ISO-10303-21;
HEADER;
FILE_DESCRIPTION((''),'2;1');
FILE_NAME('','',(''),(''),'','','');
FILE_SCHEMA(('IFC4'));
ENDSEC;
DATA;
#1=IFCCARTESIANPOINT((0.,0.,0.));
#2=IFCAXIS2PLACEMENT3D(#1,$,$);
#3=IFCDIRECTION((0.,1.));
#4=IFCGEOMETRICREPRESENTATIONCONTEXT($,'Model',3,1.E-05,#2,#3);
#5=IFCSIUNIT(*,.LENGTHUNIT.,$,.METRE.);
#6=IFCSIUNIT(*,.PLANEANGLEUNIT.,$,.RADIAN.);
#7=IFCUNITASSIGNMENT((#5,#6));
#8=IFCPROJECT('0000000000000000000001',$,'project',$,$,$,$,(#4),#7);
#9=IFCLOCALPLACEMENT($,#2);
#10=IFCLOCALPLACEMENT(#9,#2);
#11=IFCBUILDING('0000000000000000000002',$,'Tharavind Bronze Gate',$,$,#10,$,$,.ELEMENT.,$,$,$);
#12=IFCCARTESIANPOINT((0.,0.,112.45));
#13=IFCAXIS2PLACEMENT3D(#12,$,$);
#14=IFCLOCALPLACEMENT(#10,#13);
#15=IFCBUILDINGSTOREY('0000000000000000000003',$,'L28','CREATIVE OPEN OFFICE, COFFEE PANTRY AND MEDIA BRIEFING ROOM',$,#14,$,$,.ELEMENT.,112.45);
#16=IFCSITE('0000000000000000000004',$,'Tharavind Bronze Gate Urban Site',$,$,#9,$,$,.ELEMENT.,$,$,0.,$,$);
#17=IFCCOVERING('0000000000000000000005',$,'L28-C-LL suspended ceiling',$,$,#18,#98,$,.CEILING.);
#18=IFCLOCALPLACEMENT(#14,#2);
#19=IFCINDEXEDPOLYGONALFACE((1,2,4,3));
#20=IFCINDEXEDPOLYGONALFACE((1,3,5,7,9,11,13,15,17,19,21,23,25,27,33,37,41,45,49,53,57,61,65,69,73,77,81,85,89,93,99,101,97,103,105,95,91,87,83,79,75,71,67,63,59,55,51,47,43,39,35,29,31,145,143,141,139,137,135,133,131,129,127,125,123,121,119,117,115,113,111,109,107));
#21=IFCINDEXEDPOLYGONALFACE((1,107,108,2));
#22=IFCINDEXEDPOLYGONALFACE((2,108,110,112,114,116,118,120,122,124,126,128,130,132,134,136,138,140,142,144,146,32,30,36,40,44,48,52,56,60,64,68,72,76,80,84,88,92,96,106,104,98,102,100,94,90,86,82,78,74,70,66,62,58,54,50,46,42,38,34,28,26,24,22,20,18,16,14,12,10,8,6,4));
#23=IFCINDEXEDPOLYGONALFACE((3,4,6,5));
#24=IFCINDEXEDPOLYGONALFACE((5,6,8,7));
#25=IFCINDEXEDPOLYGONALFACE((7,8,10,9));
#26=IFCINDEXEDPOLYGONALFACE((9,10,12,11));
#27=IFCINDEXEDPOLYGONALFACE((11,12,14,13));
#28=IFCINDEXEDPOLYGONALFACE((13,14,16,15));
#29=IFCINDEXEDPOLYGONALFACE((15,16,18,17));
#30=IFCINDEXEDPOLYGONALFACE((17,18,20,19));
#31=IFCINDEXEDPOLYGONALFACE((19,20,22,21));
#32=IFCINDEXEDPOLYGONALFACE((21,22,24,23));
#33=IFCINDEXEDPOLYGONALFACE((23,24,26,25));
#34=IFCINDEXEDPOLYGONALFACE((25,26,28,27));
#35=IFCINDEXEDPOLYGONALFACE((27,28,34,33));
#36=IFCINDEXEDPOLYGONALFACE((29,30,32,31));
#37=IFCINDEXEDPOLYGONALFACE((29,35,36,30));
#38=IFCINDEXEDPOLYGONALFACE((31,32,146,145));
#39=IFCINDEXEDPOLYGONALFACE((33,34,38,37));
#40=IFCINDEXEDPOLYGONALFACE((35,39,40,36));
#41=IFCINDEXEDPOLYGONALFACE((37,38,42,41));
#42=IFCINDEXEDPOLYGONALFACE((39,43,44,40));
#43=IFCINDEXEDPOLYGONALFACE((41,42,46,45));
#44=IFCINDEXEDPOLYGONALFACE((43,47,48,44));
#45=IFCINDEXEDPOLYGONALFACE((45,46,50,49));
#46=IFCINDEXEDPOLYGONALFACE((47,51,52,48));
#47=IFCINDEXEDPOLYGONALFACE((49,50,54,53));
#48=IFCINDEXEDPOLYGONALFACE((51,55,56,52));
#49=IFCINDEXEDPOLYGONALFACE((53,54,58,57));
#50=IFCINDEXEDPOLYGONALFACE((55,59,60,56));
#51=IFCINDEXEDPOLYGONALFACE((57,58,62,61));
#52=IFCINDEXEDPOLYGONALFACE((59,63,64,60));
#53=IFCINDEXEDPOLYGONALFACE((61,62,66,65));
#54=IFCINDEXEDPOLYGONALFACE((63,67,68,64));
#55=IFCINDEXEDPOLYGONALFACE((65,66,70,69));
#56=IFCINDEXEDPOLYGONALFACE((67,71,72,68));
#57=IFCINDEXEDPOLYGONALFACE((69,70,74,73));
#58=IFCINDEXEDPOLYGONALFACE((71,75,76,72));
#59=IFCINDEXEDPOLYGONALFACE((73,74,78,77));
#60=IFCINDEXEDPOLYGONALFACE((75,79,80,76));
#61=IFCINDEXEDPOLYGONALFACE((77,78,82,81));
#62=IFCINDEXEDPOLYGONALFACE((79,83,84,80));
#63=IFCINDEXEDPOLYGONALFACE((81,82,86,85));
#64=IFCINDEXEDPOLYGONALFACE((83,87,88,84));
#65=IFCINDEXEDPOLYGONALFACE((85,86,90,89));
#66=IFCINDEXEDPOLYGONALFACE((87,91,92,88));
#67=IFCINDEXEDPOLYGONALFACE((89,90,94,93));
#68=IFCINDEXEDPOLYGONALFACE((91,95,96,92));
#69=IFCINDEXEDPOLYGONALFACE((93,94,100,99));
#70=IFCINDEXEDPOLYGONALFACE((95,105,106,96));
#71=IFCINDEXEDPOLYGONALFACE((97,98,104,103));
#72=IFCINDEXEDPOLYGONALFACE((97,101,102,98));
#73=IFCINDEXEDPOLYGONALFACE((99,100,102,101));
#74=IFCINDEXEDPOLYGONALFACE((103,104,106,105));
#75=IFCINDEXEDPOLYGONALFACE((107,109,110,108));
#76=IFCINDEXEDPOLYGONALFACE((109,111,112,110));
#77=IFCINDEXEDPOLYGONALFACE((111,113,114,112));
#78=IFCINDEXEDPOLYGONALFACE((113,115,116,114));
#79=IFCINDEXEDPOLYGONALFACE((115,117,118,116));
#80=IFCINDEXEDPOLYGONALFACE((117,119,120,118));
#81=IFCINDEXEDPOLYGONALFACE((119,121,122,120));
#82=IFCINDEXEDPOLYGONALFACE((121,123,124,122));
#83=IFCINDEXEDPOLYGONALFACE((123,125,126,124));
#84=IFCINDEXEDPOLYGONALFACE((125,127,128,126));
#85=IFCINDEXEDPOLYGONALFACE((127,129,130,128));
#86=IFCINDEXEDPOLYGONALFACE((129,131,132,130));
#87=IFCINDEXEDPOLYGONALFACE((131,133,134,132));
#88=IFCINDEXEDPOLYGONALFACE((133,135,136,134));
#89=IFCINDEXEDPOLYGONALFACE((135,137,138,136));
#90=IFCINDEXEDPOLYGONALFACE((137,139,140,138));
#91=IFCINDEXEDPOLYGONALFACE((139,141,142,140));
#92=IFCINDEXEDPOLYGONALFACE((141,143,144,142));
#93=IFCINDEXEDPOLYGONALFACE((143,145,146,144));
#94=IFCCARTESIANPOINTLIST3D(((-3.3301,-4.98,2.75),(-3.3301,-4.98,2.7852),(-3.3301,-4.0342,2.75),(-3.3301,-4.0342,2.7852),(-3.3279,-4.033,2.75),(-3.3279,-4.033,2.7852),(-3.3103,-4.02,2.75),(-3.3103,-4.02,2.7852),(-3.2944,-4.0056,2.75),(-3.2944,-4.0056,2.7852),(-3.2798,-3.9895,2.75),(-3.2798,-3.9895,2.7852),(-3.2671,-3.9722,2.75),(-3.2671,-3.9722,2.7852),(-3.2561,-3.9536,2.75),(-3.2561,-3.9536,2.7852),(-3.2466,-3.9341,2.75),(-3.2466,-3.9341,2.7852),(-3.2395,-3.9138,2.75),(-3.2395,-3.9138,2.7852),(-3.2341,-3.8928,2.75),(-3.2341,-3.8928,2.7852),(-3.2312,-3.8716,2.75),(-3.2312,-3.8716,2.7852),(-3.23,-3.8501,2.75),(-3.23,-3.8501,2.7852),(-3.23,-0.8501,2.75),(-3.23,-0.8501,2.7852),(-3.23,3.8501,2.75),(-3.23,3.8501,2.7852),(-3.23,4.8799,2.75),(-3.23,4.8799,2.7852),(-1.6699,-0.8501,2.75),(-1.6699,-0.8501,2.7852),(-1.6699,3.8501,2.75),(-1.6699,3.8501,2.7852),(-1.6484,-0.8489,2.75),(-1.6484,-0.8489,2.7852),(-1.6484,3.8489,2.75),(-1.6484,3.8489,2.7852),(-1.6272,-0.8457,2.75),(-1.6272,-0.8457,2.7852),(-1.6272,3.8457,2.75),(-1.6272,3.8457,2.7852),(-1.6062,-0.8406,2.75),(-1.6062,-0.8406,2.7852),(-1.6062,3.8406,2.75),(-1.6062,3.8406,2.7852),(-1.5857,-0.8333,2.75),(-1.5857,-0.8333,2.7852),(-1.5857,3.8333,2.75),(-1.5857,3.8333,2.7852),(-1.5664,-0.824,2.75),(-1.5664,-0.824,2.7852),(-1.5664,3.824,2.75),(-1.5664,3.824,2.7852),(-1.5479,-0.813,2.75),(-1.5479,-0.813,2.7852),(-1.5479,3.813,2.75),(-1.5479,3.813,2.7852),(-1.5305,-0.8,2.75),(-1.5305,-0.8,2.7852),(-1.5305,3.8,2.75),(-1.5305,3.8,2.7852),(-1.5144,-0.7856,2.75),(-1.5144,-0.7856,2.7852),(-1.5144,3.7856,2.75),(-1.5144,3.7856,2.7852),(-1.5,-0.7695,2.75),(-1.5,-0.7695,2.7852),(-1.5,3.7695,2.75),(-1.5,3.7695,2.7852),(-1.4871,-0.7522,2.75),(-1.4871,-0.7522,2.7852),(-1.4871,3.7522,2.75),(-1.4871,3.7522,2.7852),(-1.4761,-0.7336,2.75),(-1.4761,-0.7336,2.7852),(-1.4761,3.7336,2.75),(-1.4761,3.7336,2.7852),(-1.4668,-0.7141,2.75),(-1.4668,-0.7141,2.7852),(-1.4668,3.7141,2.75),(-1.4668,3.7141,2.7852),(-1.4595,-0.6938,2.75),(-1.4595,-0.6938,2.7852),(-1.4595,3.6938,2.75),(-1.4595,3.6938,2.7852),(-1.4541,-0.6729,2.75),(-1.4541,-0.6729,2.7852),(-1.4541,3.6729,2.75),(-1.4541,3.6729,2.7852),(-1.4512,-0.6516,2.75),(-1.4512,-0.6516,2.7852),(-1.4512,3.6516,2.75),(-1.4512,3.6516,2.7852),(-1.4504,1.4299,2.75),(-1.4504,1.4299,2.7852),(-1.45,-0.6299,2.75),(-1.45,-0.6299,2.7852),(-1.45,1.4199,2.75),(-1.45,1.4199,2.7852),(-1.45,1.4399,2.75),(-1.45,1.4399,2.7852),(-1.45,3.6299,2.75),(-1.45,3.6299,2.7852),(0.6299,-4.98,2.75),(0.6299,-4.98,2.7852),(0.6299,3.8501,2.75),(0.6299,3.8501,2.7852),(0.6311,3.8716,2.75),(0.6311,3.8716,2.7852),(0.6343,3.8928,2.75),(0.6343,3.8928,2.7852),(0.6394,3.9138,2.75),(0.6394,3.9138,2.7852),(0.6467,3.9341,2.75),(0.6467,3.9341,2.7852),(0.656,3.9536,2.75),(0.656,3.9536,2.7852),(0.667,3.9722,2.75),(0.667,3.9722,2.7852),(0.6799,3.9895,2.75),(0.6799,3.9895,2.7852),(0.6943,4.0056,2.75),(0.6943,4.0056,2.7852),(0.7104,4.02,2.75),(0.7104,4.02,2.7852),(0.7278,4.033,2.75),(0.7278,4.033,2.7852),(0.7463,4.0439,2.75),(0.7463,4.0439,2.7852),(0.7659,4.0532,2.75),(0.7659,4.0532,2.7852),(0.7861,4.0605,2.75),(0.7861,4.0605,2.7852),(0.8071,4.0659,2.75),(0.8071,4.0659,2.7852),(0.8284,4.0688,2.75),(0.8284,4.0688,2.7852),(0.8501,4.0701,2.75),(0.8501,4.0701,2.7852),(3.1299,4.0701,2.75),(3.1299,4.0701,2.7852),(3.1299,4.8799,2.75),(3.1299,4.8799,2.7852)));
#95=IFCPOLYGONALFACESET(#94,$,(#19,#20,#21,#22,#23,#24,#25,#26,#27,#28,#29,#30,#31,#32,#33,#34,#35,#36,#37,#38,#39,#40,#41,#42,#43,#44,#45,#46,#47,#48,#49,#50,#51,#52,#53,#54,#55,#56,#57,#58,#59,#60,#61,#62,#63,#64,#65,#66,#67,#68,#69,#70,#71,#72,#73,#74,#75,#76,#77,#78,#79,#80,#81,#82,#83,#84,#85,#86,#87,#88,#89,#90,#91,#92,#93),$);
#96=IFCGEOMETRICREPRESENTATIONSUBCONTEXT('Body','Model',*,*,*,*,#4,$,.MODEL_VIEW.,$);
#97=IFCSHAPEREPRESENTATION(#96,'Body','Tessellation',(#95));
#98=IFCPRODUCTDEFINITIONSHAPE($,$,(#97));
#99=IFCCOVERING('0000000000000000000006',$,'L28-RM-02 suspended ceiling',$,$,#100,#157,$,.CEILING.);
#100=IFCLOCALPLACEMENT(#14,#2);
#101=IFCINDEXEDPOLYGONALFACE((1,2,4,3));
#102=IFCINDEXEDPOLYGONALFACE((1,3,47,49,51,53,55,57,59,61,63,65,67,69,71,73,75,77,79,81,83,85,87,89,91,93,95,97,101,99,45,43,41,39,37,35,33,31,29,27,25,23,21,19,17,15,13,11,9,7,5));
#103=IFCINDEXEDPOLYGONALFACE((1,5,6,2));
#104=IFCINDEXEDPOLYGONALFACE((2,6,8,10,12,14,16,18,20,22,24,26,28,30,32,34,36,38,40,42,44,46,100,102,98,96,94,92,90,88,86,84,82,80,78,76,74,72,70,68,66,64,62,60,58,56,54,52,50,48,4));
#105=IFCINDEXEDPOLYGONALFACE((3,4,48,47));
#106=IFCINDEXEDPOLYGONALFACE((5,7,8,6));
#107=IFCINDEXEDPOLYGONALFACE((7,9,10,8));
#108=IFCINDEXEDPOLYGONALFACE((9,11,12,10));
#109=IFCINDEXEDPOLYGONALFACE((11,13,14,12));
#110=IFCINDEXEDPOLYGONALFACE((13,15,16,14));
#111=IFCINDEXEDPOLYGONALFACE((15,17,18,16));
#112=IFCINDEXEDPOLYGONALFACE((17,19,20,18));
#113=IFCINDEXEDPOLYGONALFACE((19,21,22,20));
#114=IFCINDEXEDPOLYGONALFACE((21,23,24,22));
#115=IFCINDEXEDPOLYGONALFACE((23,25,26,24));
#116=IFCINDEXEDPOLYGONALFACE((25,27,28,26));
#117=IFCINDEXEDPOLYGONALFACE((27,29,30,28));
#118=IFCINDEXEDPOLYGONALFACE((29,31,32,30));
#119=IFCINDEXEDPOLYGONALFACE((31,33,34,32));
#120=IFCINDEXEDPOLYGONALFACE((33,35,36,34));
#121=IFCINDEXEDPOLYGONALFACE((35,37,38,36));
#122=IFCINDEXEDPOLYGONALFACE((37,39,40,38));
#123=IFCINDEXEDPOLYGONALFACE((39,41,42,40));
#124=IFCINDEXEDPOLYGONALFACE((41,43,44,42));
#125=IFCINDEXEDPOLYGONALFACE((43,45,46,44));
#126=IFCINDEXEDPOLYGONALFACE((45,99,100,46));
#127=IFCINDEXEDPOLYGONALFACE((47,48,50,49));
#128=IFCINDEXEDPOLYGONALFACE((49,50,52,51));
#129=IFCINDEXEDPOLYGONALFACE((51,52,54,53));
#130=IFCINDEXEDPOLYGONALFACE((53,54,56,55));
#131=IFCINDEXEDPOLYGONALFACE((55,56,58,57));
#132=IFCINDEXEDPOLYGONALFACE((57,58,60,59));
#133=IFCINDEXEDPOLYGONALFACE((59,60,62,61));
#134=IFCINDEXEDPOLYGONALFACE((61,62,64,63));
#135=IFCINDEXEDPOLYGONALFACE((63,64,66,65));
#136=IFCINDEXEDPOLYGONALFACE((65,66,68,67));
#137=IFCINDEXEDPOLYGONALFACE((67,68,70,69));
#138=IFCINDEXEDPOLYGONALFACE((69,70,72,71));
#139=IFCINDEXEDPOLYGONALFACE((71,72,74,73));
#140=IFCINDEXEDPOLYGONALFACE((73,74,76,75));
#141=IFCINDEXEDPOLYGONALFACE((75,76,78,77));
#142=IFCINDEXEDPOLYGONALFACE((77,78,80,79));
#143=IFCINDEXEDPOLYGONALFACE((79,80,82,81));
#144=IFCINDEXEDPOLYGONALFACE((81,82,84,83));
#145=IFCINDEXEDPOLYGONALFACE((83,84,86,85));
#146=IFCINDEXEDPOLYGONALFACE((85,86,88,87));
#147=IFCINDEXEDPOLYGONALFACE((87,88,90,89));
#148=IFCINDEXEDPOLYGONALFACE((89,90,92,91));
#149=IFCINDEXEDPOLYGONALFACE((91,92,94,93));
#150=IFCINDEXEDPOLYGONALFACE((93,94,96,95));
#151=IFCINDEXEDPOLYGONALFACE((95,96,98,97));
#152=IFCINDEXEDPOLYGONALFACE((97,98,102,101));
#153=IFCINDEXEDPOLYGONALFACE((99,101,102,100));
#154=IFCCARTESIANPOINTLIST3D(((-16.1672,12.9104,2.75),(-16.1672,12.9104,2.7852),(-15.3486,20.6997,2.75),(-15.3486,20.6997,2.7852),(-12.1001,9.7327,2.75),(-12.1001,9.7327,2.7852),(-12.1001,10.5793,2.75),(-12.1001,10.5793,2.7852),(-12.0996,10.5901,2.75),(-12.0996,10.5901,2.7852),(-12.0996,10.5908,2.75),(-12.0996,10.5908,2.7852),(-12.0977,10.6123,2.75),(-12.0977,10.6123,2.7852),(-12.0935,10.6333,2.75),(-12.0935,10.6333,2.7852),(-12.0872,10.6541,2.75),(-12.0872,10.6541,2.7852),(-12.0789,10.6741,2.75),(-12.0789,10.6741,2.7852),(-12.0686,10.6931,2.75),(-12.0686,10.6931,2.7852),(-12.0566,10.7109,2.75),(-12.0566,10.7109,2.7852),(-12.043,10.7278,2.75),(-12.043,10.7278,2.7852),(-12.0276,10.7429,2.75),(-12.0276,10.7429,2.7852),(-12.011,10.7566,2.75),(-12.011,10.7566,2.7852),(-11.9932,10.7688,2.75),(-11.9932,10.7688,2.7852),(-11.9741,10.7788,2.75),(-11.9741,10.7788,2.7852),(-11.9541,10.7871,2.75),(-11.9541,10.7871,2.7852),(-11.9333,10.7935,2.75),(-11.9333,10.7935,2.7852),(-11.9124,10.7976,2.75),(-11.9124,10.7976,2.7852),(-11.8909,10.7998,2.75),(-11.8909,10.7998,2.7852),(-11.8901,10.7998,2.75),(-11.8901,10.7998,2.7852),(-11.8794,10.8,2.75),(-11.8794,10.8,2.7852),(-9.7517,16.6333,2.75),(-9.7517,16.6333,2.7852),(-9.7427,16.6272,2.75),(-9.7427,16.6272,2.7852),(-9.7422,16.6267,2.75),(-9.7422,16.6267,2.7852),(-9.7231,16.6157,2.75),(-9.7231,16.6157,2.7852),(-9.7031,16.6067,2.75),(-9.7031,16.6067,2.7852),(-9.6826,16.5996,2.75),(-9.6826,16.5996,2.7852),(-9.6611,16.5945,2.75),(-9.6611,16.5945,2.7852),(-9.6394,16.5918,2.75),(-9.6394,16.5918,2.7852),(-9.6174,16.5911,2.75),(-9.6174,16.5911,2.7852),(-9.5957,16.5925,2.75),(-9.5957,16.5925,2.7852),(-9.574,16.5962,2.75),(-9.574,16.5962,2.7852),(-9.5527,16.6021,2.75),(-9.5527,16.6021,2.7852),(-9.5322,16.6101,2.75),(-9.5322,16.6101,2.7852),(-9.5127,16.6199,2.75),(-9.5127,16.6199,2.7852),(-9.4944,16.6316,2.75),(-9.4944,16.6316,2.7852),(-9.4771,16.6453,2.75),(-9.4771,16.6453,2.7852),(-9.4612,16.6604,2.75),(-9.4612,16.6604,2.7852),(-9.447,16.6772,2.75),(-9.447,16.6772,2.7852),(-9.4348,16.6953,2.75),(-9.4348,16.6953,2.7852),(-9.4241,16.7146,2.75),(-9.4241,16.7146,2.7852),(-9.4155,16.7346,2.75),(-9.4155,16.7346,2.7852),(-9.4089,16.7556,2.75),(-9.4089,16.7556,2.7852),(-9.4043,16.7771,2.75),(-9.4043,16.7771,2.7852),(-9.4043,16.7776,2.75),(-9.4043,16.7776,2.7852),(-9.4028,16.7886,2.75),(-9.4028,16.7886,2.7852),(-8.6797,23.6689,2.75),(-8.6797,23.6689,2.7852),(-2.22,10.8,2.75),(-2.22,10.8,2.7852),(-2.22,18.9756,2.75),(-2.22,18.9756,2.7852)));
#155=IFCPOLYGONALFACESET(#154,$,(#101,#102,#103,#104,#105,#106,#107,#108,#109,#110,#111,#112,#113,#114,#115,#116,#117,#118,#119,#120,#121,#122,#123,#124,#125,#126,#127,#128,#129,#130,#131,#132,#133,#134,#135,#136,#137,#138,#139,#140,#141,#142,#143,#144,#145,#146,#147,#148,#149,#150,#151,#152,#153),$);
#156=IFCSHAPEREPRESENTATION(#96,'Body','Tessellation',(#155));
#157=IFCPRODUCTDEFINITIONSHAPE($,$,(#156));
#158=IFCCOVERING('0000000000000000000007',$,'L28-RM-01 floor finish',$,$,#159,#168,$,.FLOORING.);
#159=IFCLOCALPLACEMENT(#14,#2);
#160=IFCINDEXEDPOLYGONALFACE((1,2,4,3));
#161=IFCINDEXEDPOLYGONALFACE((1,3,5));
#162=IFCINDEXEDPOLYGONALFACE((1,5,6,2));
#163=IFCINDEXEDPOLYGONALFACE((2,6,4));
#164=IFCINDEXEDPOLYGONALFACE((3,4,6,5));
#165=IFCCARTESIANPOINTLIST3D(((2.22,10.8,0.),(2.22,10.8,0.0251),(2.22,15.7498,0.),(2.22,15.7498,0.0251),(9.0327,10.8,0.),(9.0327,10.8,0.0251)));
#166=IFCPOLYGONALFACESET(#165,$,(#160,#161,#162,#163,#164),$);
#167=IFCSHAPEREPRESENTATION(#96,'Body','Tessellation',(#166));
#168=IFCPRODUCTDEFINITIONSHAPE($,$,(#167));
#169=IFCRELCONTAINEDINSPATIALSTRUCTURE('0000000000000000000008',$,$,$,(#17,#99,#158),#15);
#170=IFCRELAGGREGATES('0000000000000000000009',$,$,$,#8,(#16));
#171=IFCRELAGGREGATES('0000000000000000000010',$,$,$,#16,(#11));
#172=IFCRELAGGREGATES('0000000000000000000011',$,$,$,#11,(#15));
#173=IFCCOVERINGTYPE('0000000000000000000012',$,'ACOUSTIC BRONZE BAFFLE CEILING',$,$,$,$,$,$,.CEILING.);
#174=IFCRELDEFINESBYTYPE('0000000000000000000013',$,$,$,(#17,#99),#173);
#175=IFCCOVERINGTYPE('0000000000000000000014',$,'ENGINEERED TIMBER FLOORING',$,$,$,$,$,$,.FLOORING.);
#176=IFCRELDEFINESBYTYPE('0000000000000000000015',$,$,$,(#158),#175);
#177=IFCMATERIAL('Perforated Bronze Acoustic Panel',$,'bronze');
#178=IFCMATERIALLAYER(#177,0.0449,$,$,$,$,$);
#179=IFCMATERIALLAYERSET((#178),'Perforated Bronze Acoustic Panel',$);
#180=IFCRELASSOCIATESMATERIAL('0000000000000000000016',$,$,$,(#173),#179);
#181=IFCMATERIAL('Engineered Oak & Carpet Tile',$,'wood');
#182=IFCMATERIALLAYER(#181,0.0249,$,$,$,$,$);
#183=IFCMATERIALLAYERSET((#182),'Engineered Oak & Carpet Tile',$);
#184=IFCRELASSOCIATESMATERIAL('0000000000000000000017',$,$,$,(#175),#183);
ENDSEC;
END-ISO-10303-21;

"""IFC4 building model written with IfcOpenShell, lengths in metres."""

from ifc_helpers import new_model, si_unit, direction, frame, origin, place, context, subcontext, project, spatial, polyline, outline, extrude, material, layer, layer_set, type_object, element, save


model = new_model("IFC4")

# Units and contexts
model_context = context("Model", 3, precision=1e-05, world=origin(), true_north=direction((0.0, 1.0)))
body_context = subcontext(model_context, "Body", "Model", "MODEL_VIEW")
ifc_project = project(units=[si_unit("LENGTHUNIT", "METRE"), si_unit("PLANEANGLEUNIT", "RADIAN")], contexts=[model_context])

# Site, building, storey
site_placement = place(None, origin())
site = spatial("IfcSite", under=ifc_project, at=site_placement, Name="Tharavind Bronze Gate Urban Site", CompositionType="ELEMENT", RefElevation=0.0)
building_placement = place(site_placement, origin())
building = spatial("IfcBuilding", under=site, at=building_placement, Name="Tharavind Bronze Gate", CompositionType="ELEMENT")
storey_placement = place(building_placement, frame((0.0, 0.0, 112.45)))
storey = spatial("IfcBuildingStorey", under=building, at=storey_placement, Name="L28", Description="CREATIVE OPEN OFFICE, COFFEE PANTRY AND MEDIA BRIEFING ROOM", CompositionType="ELEMENT", Elevation=112.45)

# Coverings
ifc_material_1 = material(Name="Perforated Bronze Acoustic Panel", Category="bronze")
ifc_layer_1 = layer(ifc_material_1, 0.0449)
ifc_layer_set_1 = layer_set([ifc_layer_1], Name="Perforated Bronze Acoustic Panel")
covering_type_1 = type_object("IfcCoveringType", Name="ACOUSTIC BRONZE BAFFLE CEILING", PredefinedType="CEILING", material=ifc_layer_set_1)
covering_1_placement = place(storey_placement, frame((0.0, 0.0, 2.75)))
element("IfcCovering", 1, at=covering_1_placement, inside=storey, type_object=covering_type_1, Name="L28-C-LL suspended ceiling", PredefinedType="CEILING", context=body_context, shape_type="SweptSolid", body=[
    extrude(outline(polyline([(-3.3301, -4.98), (0.6299, -4.98), (0.6299, 3.8501), (0.6311, 3.8716), (0.6343, 3.8928), (0.6394, 3.9138), (0.6467, 3.9341), (0.656, 3.9536), (0.667, 3.9722), (0.6799, 3.9895), (0.6943, 4.0056), (0.7104, 4.02), (0.7278, 4.033), (0.7463, 4.0439), (0.7659, 4.0532), (0.7861, 4.0605), (0.8071, 4.0659), (0.8284, 4.0688), (0.8501, 4.0701), (3.1299, 4.0701), (3.1299, 4.8799), (-3.23, 4.8799), (-3.23, 3.8501), (-1.6699, 3.8501), (-1.6484, 3.8489), (-1.6272, 3.8457), (-1.6062, 3.8406), (-1.5857, 3.8333), (-1.5664, 3.824), (-1.5479, 3.813), (-1.5305, 3.8), (-1.5144, 3.7856), (-1.5, 3.7695), (-1.4871, 3.7522), (-1.4761, 3.7336), (-1.4668, 3.7141), (-1.4595, 3.6938), (-1.4541, 3.6729), (-1.4512, 3.6516), (-1.45, 3.6299), (-1.45, 1.4399), (-1.4504, 1.4299), (-1.45, 1.4199), (-1.45, -0.6299), (-1.4512, -0.6516), (-1.4541, -0.6729), (-1.4595, -0.6938), (-1.4668, -0.7141), (-1.4761, -0.7336), (-1.4871, -0.7522), (-1.5, -0.7695), (-1.5144, -0.7856), (-1.5305, -0.8), (-1.5479, -0.813), (-1.5664, -0.824), (-1.5857, -0.8333), (-1.6062, -0.8406), (-1.6272, -0.8457), (-1.6484, -0.8489), (-1.6699, -0.8501), (-3.23, -0.8501), (-3.23, -3.8501), (-3.2312, -3.8716), (-3.2341, -3.8928), (-3.2395, -3.9138), (-3.2466, -3.9341), (-3.2561, -3.9536), (-3.2671, -3.9722), (-3.2798, -3.9895), (-3.2944, -4.0056), (-3.3103, -4.02), (-3.3279, -4.033), (-3.3301, -4.0342), (-3.3301, -4.98)])), origin(), (0.0, 0.0, 1.0), 0.0352),
])
covering_2_placement = place(storey_placement, frame((0.0, 0.0, 2.75)))
element("IfcCovering", 2, at=covering_2_placement, inside=storey, type_object=covering_type_1, Name="L28-RM-02 suspended ceiling", PredefinedType="CEILING", context=body_context, shape_type="SweptSolid", body=[
    extrude(outline(polyline([(-12.1001, 9.7327), (-12.1001, 10.5793), (-12.0996, 10.5901), (-12.0996, 10.5908), (-12.0977, 10.6123), (-12.0935, 10.6333), (-12.0872, 10.6541), (-12.0789, 10.6741), (-12.0686, 10.6931), (-12.0566, 10.7109), (-12.043, 10.7278), (-12.0276, 10.7429), (-12.011, 10.7566), (-11.9932, 10.7688), (-11.9741, 10.7788), (-11.9541, 10.7871), (-11.9333, 10.7935), (-11.9124, 10.7976), (-11.8909, 10.7998), (-11.8901, 10.7998), (-11.8794, 10.8), (-2.22, 10.8), (-2.22, 18.9756), (-8.6797, 23.6689), (-9.4028, 16.7886), (-9.4043, 16.7776), (-9.4043, 16.7771), (-9.4089, 16.7556), (-9.4155, 16.7346), (-9.4241, 16.7146), (-9.4348, 16.6953), (-9.447, 16.6772), (-9.4612, 16.6604), (-9.4771, 16.6453), (-9.4944, 16.6316), (-9.5127, 16.6199), (-9.5322, 16.6101), (-9.5527, 16.6021), (-9.574, 16.5962), (-9.5957, 16.5925), (-9.6174, 16.5911), (-9.6394, 16.5918), (-9.6611, 16.5945), (-9.6826, 16.5996), (-9.7031, 16.6067), (-9.7231, 16.6157), (-9.7422, 16.6267), (-9.7427, 16.6272), (-9.7517, 16.6333), (-15.3486, 20.6997), (-16.1672, 12.9104), (-12.1001, 9.7327)])), origin(), (0.0, 0.0, 1.0), 0.0352),
])
ifc_material_2 = material(Name="Engineered Oak & Carpet Tile", Category="wood")
ifc_layer_2 = layer(ifc_material_2, 0.0249)
ifc_layer_set_2 = layer_set([ifc_layer_2], Name="Engineered Oak & Carpet Tile")
covering_type_2 = type_object("IfcCoveringType", Name="ENGINEERED TIMBER FLOORING", PredefinedType="FLOORING", material=ifc_layer_set_2)
covering_3_placement = place(storey_placement, origin())
element("IfcCovering", 3, at=covering_3_placement, inside=storey, type_object=covering_type_2, Name="L28-RM-01 floor finish", PredefinedType="FLOORING", context=body_context, shape_type="SweptSolid", body=[
    extrude(outline(polyline([(2.22, 10.8), (9.0327, 10.8), (2.22, 15.7498), (2.22, 10.8)])), origin(), (0.0, 0.0, 1.0), 0.0251),
])

save(model, "model.ifc")
